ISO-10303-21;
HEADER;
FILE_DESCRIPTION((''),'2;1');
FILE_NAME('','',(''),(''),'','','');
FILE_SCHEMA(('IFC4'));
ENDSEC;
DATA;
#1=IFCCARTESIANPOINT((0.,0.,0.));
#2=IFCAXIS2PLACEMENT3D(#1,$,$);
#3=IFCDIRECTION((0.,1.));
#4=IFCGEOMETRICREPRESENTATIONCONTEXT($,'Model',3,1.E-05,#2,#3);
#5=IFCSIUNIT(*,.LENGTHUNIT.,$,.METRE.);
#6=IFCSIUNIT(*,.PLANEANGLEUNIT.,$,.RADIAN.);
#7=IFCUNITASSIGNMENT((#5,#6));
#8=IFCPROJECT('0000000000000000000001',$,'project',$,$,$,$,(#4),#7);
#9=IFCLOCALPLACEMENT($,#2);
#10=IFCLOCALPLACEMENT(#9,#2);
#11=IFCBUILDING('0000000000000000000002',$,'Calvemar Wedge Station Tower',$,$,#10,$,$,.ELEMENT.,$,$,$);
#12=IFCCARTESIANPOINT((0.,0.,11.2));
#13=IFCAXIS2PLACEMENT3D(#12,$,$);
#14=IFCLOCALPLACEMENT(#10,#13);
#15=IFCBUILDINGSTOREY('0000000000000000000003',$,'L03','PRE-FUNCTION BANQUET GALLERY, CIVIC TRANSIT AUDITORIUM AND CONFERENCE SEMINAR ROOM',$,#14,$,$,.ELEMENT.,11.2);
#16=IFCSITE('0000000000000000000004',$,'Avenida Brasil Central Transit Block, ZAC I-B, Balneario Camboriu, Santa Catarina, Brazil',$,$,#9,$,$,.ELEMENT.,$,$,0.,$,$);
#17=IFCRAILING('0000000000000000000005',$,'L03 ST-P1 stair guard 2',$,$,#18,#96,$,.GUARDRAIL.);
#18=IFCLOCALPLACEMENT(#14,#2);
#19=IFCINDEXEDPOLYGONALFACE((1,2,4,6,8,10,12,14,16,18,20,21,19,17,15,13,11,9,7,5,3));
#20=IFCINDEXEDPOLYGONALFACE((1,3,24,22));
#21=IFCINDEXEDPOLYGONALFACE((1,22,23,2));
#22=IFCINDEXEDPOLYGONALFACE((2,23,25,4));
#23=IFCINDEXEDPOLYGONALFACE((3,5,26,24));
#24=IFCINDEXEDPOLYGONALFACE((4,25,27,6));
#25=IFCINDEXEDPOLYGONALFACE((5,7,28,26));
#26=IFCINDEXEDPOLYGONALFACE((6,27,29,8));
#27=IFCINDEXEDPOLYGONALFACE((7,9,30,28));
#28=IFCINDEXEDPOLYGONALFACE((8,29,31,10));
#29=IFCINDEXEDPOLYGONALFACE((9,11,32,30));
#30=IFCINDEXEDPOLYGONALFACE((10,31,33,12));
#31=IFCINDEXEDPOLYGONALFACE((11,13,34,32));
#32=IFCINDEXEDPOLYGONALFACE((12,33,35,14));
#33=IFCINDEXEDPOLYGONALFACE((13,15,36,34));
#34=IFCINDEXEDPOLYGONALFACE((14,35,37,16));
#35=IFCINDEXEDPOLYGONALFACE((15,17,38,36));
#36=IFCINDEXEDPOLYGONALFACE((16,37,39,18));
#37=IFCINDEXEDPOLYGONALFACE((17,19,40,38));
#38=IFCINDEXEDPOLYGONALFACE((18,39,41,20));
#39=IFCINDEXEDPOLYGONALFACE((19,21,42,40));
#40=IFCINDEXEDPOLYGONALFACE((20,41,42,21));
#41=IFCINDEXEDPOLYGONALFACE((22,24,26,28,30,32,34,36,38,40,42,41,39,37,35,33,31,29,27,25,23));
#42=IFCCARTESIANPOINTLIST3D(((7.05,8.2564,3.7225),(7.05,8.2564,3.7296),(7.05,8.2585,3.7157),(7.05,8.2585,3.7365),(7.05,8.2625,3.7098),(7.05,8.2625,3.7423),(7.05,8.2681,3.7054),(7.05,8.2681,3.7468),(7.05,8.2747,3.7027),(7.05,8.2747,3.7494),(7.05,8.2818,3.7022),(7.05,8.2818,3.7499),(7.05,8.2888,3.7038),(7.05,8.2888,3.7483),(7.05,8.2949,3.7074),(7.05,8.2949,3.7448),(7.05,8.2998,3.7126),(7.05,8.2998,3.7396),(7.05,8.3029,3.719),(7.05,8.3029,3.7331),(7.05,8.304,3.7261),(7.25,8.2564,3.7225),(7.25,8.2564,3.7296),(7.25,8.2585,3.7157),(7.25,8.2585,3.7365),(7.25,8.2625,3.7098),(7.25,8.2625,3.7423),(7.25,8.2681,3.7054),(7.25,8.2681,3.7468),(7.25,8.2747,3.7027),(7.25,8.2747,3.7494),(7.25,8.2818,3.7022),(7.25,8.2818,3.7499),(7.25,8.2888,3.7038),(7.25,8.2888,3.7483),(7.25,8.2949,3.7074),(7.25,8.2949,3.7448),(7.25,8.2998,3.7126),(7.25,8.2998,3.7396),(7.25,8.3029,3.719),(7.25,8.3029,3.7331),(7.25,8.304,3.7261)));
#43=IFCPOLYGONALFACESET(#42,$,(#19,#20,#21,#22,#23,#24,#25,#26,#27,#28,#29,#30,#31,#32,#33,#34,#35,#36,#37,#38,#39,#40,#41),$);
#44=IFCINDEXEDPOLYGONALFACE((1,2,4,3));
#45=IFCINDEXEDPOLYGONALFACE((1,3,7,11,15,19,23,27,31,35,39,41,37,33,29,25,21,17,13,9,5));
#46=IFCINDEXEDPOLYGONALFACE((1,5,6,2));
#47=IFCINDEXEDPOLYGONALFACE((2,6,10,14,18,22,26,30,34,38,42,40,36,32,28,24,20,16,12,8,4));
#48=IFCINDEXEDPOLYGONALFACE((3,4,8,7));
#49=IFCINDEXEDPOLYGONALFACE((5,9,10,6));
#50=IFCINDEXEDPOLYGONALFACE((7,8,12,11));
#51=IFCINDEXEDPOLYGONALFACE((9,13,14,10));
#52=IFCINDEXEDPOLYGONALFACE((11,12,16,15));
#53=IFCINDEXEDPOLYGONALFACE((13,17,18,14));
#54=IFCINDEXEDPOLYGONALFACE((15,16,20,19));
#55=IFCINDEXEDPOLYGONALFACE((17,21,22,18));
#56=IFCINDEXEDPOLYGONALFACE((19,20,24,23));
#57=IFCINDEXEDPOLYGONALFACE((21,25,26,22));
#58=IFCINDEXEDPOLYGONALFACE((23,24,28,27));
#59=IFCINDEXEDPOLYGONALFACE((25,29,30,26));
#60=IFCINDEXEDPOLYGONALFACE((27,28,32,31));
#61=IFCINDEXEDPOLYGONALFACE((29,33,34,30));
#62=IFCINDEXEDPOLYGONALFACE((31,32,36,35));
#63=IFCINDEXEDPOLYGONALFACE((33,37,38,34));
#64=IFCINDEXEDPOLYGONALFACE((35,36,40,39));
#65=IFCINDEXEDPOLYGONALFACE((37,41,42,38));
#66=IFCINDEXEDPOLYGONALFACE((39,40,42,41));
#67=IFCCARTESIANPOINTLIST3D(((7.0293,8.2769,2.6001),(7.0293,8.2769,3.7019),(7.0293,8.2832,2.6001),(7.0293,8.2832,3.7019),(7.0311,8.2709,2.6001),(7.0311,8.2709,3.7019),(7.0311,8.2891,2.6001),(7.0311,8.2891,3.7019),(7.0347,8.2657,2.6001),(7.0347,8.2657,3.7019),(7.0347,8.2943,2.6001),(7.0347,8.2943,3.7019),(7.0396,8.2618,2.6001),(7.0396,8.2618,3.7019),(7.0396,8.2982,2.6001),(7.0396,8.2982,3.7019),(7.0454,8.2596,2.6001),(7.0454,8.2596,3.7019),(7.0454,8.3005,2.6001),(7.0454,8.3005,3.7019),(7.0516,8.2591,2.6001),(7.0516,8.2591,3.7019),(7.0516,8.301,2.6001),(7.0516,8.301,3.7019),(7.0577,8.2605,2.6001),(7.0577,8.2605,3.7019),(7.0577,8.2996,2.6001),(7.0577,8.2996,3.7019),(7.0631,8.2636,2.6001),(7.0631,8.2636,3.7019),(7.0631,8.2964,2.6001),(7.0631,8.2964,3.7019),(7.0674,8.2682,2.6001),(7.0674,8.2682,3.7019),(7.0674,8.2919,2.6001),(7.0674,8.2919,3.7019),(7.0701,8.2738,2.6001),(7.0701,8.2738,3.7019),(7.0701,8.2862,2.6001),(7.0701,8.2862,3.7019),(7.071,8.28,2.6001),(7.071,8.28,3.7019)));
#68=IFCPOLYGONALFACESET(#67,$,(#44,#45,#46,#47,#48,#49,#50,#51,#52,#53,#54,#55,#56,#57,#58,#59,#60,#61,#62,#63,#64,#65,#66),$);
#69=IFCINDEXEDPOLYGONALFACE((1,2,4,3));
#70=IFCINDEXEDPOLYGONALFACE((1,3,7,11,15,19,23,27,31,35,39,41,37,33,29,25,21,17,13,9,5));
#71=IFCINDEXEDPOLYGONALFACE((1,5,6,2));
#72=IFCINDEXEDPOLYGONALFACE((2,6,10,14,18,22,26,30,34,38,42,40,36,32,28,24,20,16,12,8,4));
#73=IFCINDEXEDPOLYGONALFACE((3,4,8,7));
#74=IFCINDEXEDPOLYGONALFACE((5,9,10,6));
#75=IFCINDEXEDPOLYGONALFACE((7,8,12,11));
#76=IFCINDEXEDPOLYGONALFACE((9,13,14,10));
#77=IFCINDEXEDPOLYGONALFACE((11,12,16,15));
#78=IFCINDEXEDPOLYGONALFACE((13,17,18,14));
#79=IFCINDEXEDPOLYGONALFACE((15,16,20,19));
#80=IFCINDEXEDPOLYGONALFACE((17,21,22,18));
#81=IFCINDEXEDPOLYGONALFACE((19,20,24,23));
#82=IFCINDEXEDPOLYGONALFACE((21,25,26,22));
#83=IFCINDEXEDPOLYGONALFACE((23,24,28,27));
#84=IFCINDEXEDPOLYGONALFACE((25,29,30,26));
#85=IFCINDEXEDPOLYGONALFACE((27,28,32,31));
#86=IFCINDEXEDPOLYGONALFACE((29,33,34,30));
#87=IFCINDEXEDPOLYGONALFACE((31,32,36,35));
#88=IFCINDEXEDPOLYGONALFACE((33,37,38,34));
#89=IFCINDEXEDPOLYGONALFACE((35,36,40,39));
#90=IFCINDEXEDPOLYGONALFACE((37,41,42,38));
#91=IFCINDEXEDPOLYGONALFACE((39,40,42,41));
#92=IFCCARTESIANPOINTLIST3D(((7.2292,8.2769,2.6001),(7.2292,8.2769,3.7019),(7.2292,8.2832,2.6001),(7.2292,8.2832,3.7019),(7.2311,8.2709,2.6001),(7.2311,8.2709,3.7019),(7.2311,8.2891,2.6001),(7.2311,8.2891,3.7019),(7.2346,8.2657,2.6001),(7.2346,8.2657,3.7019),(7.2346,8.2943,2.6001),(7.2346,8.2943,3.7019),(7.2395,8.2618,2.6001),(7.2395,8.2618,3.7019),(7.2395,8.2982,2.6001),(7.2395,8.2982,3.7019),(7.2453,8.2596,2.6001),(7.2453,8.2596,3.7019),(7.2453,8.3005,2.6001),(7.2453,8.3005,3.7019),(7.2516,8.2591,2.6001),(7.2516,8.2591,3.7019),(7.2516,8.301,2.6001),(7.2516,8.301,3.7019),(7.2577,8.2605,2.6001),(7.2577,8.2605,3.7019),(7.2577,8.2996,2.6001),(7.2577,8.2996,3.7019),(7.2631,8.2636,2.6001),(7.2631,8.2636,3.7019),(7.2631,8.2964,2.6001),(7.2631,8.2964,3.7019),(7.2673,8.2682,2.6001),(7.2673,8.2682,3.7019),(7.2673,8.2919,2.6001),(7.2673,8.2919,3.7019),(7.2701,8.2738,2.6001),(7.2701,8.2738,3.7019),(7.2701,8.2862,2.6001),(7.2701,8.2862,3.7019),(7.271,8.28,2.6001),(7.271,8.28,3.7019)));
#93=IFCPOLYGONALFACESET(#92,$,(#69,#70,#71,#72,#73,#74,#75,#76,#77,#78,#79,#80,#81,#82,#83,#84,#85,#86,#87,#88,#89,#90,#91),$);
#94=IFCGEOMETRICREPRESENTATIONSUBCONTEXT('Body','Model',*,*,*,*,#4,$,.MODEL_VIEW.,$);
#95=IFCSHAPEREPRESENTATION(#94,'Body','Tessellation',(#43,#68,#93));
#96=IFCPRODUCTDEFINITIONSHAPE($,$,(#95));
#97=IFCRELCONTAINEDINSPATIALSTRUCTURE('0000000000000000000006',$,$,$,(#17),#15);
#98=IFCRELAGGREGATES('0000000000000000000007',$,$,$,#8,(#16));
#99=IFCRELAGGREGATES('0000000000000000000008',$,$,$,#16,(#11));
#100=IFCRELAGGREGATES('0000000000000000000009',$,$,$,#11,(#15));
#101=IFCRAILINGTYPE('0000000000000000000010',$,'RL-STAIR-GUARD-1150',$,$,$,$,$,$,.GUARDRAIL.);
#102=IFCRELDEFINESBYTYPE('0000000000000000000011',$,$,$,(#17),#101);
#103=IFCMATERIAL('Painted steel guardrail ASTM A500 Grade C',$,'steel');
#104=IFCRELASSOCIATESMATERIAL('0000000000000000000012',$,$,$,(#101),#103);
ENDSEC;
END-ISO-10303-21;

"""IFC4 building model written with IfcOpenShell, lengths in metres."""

from ifc_helpers import new_model, si_unit, direction, frame, origin, origin_2d, place, context, subcontext, project, spatial, circle, extrude, material, type_object, element, save


model = new_model("IFC4")

# Units and contexts
model_context = context("Model", 3, precision=1e-05, world=origin(), true_north=direction((0.0, 1.0)))
body_context = subcontext(model_context, "Body", "Model", "MODEL_VIEW")
ifc_project = project(units=[si_unit("LENGTHUNIT", "METRE"), si_unit("PLANEANGLEUNIT", "RADIAN")], contexts=[model_context])

# Site, building, storey
site_placement = place(None, origin())
site = spatial("IfcSite", under=ifc_project, at=site_placement, Name="Avenida Brasil Central Transit Block, ZAC I-B, Balneario Camboriu, Santa Catarina, Brazil", CompositionType="ELEMENT", RefElevation=0.0)
building_placement = place(site_placement, origin())
building = spatial("IfcBuilding", under=site, at=building_placement, Name="Calvemar Wedge Station Tower", CompositionType="ELEMENT")
storey_placement = place(building_placement, frame((0.0, 0.0, 11.2)))
storey = spatial("IfcBuildingStorey", under=building, at=storey_placement, Name="L03", Description="PRE-FUNCTION BANQUET GALLERY, CIVIC TRANSIT AUDITORIUM AND CONFERENCE SEMINAR ROOM", CompositionType="ELEMENT", Elevation=11.2)

# Railing
ifc_material_1 = material(Name="Painted steel guardrail ASTM A500 Grade C", Category="steel")
railing_type_1 = type_object("IfcRailingType", Name="RL-STAIR-GUARD-1150", PredefinedType="GUARDRAIL", material=ifc_material_1)
railing_1_placement = place(storey_placement, frame((7.05, 8.28, 2.6001)))
element("IfcRailing", 1, at=railing_1_placement, inside=storey, type_object=railing_type_1, Name="L03 ST-P1 stair guard 2", PredefinedType="GUARDRAIL", context=body_context, shape_type="SweptSolid", body=[
    extrude(circle(Radius=0.0239, at=origin_2d()), frame((0.0, 0.0, 1.126), z_axis=(1.0, 0.0, 0.0), x_axis=(0.0, 1.0, 0.0)), (0.0, 0.0, 1.0), 0.2),
    extrude(circle(Radius=0.021, at=origin_2d()), origin(), (0.0, 0.0, 1.0), 1.1018),
    extrude(circle(Radius=0.021, at=origin_2d()), frame((0.2, 0.0, 0.0)), (0.0, 0.0, 1.0), 1.1018),
])

save(model, "model.ifc")
